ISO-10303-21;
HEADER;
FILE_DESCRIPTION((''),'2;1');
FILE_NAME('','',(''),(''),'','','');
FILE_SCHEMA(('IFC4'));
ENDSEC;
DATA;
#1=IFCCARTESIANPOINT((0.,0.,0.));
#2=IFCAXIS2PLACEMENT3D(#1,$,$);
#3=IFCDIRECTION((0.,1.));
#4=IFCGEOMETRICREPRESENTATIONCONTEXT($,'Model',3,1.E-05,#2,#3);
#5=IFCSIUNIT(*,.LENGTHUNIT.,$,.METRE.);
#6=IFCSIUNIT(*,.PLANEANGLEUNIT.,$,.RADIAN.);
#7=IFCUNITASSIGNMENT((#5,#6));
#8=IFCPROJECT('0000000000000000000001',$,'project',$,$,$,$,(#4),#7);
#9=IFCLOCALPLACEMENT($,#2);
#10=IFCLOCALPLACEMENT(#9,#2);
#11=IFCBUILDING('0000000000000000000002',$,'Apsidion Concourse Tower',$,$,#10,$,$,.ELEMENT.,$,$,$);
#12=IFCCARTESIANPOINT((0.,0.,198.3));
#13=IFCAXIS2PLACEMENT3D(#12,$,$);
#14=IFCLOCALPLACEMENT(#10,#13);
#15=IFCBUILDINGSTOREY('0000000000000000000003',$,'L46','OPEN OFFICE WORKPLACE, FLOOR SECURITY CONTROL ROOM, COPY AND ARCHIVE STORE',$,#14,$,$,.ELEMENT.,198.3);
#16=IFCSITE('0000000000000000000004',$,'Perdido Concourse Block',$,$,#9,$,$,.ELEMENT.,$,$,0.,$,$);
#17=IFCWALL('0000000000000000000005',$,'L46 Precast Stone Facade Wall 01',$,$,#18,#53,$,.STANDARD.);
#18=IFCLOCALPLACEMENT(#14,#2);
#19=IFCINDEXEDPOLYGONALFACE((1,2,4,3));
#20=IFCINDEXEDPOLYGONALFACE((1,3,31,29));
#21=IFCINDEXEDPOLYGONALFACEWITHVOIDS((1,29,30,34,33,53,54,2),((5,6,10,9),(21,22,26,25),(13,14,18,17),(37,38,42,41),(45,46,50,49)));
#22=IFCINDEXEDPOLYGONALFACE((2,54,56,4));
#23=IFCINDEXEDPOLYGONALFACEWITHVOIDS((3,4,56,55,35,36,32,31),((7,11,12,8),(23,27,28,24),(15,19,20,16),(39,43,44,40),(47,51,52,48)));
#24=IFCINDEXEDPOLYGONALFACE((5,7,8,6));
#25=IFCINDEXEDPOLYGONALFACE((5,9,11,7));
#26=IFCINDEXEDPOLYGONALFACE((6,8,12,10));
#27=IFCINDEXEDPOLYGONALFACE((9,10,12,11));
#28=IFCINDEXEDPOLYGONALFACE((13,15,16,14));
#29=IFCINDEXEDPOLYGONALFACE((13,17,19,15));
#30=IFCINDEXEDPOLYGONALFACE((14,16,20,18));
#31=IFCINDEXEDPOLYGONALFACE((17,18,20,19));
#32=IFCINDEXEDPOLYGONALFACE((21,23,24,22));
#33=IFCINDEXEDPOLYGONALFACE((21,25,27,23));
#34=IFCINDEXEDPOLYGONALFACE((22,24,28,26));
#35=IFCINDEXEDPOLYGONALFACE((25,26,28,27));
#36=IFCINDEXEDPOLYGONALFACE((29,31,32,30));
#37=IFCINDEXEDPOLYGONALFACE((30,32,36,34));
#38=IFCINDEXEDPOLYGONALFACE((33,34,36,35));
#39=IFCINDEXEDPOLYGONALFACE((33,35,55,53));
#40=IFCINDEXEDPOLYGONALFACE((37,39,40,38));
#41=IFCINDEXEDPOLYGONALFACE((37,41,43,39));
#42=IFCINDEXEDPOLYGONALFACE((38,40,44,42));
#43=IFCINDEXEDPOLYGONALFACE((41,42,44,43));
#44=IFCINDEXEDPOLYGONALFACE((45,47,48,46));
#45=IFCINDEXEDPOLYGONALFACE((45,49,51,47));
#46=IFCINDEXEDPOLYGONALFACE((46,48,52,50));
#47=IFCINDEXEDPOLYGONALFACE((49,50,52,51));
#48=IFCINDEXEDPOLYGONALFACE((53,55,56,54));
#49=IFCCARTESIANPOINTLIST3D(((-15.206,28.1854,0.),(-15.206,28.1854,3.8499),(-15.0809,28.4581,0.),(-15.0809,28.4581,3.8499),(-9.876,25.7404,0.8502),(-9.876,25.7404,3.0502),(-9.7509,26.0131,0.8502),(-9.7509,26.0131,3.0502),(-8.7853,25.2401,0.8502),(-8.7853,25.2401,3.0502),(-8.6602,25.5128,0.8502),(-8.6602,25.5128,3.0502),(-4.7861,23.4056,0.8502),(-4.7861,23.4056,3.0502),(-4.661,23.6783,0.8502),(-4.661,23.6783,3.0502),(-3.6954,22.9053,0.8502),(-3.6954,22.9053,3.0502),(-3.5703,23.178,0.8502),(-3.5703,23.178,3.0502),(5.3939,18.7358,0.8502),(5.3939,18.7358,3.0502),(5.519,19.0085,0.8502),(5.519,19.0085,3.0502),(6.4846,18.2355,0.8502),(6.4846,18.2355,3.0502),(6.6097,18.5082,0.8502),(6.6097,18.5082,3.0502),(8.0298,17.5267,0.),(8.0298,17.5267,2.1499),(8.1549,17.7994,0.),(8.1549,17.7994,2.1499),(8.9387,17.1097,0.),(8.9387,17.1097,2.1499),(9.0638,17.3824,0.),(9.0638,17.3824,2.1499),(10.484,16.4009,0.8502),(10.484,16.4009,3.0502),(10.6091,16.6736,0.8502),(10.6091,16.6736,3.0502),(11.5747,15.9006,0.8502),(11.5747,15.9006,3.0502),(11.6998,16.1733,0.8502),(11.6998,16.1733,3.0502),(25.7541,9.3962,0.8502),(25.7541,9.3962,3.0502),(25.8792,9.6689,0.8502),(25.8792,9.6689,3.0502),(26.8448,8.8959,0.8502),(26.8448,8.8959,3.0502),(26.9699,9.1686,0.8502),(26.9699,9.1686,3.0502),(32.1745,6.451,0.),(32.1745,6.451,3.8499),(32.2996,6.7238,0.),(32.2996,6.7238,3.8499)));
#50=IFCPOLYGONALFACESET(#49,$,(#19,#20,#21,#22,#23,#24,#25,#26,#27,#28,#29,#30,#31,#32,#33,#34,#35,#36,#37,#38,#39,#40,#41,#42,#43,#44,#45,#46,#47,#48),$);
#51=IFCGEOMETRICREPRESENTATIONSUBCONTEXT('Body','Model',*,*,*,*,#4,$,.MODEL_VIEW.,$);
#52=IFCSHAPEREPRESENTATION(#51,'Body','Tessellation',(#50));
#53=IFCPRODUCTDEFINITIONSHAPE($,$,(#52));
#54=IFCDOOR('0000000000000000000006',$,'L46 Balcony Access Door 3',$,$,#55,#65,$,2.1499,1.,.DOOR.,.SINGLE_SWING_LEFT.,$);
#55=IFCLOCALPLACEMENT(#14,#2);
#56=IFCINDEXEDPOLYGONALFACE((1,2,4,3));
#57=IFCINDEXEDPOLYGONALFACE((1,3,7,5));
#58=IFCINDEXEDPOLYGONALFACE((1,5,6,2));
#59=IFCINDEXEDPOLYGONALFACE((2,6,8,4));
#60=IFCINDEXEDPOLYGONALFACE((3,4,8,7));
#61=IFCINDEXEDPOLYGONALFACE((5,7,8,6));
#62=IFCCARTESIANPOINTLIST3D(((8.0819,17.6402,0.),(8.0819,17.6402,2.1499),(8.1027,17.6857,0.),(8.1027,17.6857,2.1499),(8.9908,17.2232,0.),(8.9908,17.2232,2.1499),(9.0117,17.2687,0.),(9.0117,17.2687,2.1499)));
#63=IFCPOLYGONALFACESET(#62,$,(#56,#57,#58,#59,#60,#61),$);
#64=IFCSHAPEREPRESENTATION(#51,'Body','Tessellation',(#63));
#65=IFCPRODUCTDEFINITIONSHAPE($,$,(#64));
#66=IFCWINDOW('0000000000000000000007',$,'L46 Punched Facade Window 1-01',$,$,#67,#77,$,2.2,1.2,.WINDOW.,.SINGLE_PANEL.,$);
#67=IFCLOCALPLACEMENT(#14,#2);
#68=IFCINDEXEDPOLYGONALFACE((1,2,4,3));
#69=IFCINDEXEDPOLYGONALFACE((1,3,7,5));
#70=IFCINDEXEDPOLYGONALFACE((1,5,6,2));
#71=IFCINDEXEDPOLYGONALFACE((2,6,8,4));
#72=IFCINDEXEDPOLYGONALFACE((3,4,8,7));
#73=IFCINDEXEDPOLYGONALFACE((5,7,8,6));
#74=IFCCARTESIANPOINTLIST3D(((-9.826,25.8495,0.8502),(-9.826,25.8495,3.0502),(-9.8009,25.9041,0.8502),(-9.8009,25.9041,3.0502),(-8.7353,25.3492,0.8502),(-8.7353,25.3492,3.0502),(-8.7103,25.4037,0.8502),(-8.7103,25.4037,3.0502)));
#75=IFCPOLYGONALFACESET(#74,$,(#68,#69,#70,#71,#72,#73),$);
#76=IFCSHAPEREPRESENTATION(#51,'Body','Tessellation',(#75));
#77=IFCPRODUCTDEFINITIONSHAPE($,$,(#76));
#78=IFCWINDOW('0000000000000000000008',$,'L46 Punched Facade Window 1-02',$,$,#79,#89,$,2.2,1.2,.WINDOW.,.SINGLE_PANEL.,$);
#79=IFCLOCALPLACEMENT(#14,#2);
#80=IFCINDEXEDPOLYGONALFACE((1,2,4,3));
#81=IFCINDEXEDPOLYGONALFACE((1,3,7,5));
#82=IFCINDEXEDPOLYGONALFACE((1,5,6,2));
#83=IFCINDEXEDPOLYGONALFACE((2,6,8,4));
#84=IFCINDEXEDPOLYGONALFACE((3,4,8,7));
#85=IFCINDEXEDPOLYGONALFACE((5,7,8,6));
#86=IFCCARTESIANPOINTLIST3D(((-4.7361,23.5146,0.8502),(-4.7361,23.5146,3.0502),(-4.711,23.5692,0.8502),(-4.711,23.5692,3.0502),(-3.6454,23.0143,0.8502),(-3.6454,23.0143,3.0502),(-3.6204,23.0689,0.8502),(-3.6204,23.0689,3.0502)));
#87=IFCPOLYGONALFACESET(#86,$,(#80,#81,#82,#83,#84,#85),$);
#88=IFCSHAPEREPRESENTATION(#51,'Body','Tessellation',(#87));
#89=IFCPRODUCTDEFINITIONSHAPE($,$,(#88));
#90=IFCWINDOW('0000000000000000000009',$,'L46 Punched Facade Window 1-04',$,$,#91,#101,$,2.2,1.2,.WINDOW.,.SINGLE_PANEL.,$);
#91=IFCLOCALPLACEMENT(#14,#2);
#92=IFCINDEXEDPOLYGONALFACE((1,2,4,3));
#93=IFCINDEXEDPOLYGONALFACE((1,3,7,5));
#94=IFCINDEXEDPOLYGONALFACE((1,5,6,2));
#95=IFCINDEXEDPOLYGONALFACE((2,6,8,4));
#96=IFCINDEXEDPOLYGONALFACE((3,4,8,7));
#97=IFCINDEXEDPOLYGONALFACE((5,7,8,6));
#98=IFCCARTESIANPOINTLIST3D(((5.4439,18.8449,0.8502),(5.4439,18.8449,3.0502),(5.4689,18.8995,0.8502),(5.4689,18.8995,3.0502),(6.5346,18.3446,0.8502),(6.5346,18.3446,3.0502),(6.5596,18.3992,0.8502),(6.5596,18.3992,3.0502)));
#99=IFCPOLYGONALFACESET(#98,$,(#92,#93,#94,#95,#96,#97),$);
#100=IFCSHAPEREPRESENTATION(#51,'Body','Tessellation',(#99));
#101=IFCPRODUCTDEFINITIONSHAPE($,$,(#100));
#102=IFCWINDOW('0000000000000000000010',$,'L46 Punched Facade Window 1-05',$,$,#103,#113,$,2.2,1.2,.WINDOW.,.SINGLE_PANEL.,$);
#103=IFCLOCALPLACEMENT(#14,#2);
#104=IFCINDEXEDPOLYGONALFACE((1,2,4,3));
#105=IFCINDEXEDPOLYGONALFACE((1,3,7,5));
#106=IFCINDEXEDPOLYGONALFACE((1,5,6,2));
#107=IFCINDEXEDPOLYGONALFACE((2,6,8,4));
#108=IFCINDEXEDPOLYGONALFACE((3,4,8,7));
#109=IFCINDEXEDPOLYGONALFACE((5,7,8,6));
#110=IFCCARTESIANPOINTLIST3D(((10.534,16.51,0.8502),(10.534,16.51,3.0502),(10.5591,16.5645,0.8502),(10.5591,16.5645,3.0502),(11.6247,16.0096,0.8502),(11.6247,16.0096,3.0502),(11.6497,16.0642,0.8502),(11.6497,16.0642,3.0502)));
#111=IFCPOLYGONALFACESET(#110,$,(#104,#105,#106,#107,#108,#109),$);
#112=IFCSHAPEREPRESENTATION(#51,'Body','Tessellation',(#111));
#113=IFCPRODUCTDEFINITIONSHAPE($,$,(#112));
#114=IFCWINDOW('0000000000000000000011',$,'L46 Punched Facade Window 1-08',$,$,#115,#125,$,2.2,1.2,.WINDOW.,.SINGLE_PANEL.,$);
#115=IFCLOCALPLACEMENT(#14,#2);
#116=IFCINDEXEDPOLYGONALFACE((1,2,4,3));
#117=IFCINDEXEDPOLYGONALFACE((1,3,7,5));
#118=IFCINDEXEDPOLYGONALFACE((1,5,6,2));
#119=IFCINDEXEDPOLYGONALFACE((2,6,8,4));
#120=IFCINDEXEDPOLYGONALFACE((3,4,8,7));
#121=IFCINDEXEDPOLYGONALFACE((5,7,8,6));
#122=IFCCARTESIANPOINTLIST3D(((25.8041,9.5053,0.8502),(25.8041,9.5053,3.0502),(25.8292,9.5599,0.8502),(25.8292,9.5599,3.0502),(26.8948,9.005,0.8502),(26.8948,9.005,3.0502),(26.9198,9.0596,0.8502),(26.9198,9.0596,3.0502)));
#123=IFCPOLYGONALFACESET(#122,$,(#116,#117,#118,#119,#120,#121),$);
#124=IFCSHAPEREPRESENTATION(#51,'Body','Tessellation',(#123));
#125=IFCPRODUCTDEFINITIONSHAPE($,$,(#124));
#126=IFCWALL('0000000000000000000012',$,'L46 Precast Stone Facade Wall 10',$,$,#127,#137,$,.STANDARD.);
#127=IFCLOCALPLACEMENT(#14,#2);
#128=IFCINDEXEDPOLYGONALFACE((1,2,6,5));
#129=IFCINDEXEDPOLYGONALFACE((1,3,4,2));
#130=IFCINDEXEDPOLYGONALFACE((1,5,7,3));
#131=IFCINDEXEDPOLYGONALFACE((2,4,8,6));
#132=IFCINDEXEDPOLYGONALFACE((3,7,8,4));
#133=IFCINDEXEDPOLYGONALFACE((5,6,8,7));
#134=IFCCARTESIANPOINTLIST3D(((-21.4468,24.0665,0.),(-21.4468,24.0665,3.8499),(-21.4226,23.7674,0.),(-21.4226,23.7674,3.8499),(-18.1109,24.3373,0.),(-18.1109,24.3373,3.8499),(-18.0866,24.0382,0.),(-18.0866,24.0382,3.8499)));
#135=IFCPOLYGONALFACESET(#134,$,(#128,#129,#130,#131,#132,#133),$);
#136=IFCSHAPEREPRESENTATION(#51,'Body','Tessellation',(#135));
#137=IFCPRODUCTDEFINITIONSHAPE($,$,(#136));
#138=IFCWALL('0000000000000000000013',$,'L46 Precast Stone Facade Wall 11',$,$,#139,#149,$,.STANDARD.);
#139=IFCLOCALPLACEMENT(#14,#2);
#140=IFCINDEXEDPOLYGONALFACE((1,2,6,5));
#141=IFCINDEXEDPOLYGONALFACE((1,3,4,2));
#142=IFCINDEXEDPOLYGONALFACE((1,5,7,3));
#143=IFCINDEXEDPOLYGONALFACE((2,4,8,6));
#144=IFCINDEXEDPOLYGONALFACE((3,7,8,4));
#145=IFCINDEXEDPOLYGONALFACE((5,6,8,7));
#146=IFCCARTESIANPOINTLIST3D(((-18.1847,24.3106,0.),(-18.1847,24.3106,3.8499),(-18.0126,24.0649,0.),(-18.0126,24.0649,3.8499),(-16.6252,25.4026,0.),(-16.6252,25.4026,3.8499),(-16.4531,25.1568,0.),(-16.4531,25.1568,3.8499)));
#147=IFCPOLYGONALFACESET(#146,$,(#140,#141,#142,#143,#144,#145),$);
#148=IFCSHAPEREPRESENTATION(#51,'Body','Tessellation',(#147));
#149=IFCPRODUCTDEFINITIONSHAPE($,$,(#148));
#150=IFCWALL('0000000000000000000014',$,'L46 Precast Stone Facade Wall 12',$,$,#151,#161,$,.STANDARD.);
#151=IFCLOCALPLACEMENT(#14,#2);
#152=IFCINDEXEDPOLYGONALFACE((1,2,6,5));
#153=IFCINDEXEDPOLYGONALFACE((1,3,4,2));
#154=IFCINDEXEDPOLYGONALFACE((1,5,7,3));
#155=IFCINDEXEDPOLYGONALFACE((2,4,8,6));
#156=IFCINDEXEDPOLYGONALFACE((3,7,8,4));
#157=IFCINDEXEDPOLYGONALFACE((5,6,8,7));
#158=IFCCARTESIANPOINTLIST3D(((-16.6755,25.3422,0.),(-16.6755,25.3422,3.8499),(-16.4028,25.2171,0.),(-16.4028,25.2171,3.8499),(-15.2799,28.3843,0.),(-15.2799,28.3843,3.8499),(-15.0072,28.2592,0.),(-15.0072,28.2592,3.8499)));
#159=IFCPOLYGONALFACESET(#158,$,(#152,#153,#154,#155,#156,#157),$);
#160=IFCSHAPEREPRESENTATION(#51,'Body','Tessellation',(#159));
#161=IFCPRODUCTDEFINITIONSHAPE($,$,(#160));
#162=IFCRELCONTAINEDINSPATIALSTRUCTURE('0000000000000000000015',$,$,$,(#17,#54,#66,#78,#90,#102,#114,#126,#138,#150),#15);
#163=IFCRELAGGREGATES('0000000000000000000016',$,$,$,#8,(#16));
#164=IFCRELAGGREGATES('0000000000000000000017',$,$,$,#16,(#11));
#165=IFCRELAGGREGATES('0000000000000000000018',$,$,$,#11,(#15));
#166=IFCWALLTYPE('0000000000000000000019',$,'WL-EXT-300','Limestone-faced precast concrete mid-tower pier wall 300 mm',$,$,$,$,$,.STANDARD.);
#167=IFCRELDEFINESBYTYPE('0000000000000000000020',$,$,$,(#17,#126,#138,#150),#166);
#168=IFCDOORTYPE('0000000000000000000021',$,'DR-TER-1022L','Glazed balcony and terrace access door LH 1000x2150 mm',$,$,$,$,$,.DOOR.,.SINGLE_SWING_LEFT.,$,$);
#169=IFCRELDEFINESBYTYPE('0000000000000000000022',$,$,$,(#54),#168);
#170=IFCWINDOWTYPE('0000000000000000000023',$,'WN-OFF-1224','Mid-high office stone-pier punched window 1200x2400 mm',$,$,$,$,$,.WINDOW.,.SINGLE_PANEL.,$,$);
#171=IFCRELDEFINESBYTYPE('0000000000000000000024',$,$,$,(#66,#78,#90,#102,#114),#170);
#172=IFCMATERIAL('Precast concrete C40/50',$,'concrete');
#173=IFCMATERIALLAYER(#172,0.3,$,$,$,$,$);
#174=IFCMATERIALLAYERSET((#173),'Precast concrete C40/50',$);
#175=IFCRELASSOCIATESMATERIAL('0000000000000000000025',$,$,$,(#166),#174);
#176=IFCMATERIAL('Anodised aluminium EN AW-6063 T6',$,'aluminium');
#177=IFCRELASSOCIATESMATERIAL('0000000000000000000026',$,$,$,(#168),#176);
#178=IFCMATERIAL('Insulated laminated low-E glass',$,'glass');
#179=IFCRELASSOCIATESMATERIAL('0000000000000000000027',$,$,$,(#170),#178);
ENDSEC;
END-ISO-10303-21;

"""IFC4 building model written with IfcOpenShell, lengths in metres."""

from ifc_helpers import new_model, si_unit, direction, frame, frame_2d, origin, place, context, subcontext, project, spatial, rectangle, extrude, material, layer, layer_set, type_object, element, fill, save


model = new_model("IFC4")

# Units and contexts
model_context = context("Model", 3, precision=1e-05, world=origin(), true_north=direction((0.0, 1.0)))
body_context = subcontext(model_context, "Body", "Model", "MODEL_VIEW")
ifc_project = project(units=[si_unit("LENGTHUNIT", "METRE"), si_unit("PLANEANGLEUNIT", "RADIAN")], contexts=[model_context])

# Site, building, storey
site_placement = place(None, origin())
site = spatial("IfcSite", under=ifc_project, at=site_placement, Name="Perdido Concourse Block", CompositionType="ELEMENT", RefElevation=0.0)
building_placement = place(site_placement, origin())
building = spatial("IfcBuilding", under=site, at=building_placement, Name="Apsidion Concourse Tower", CompositionType="ELEMENT")
storey_placement = place(building_placement, frame((0.0, 0.0, 198.3)))
storey = spatial("IfcBuildingStorey", under=building, at=storey_placement, Name="L46", Description="OPEN OFFICE WORKPLACE, FLOOR SECURITY CONTROL ROOM, COPY AND ARCHIVE STORE", CompositionType="ELEMENT", Elevation=198.3)

# Wall, openings, door, windows
ifc_material_1 = material(Name="Precast concrete C40/50", Category="concrete")
ifc_layer = layer(ifc_material_1, 0.3)
ifc_layer_set = layer_set([ifc_layer], Name="Precast concrete C40/50")
wall_type = type_object("IfcWallType", Name="WL-EXT-300", Description="Limestone-faced precast concrete mid-tower pier wall 300 mm", PredefinedType="STANDARD", material=ifc_layer_set)
wall_1_placement = place(storey_placement, frame((-15.1436, 28.3218, 0.0), z_axis=(0.0, 0.0, 1.0), x_axis=(0.908932, -0.416944, 0.0)))
wall_1 = element("IfcWall", 1, at=wall_1_placement, inside=storey, type_object=wall_type, Name="L46 Precast Stone Facade Wall 01", PredefinedType="STANDARD", context=body_context, shape_type="SweptSolid", body=[
    extrude(rectangle(XDim=52.1277, YDim=0.3, at=frame_2d((26.064, 0.0))), origin(), (0.0, 0.0, 1.0), 3.8499),
])
opening_1_placement = place(wall_1_placement, frame((25.564, 0.0, 0.0)))
opening_1 = element("IfcOpeningElement", 2, at=opening_1_placement, cuts=wall_1, PredefinedType="OPENING", context=body_context, shape_type="SweptSolid", body=[
    extrude(rectangle(XDim=1.0, YDim=2.1499, at=frame_2d((0.5, 1.075))), frame((0.0, 0.1602, 0.0), z_axis=(0.0, -1.0, 0.0), x_axis=(1.0, 0.0, 0.0)), (0.0, 0.0, 1.0), 0.3201),
])
opening_2_placement = place(wall_1_placement, frame((5.864, 0.0, 0.8501)))
opening_2 = element("IfcOpeningElement", 3, at=opening_2_placement, cuts=wall_1, PredefinedType="OPENING", context=body_context, shape_type="SweptSolid", body=[
    extrude(rectangle(XDim=1.2, YDim=2.2, at=frame_2d((0.6001, 1.1001))), frame((0.0, 0.1602, 0.0), z_axis=(0.0, -1.0, 0.0), x_axis=(1.0, 0.0, 0.0)), (0.0, 0.0, 1.0), 0.3201),
])
opening_3_placement = place(wall_1_placement, frame((11.4639, 0.0, 0.8501)))
opening_3 = element("IfcOpeningElement", 4, at=opening_3_placement, cuts=wall_1, PredefinedType="OPENING", context=body_context, shape_type="SweptSolid", body=[
    extrude(rectangle(XDim=1.2, YDim=2.2, at=frame_2d((0.6001, 1.1001))), frame((0.0, 0.1602, 0.0), z_axis=(0.0, -1.0, 0.0), x_axis=(1.0, 0.0, 0.0)), (0.0, 0.0, 1.0), 0.3201),
])
opening_4_placement = place(wall_1_placement, frame((22.6638, 0.0, 0.8501)))
opening_4 = element("IfcOpeningElement", 5, at=opening_4_placement, cuts=wall_1, PredefinedType="OPENING", context=body_context, shape_type="SweptSolid", body=[
    extrude(rectangle(XDim=1.2, YDim=2.2, at=frame_2d((0.6001, 1.1001))), frame((0.0, 0.1602, 0.0), z_axis=(0.0, -1.0, 0.0), x_axis=(1.0, 0.0, 0.0)), (0.0, 0.0, 1.0), 0.3201),
])
opening_5_placement = place(wall_1_placement, frame((28.2639, 0.0, 0.8501)))
opening_5 = element("IfcOpeningElement", 6, at=opening_5_placement, cuts=wall_1, PredefinedType="OPENING", context=body_context, shape_type="SweptSolid", body=[
    extrude(rectangle(XDim=1.2, YDim=2.2, at=frame_2d((0.6001, 1.1001))), frame((0.0, 0.1602, 0.0), z_axis=(0.0, -1.0, 0.0), x_axis=(1.0, 0.0, 0.0)), (0.0, 0.0, 1.0), 0.3201),
])
opening_6_placement = place(wall_1_placement, frame((45.064, 0.0, 0.8501)))
opening_6 = element("IfcOpeningElement", 7, at=opening_6_placement, cuts=wall_1, PredefinedType="OPENING", context=body_context, shape_type="SweptSolid", body=[
    extrude(rectangle(XDim=1.2, YDim=2.2, at=frame_2d((0.6001, 1.1001))), frame((0.0, 0.1602, 0.0), z_axis=(0.0, -1.0, 0.0), x_axis=(1.0, 0.0, 0.0)), (0.0, 0.0, 1.0), 0.3201),
])
ifc_material_2 = material(Name="Anodised aluminium EN AW-6063 T6", Category="aluminium")
door_type = type_object("IfcDoorType", Name="DR-TER-1022L", Description="Glazed balcony and terrace access door LH 1000x2150 mm", OperationType="SINGLE_SWING_LEFT", PredefinedType="DOOR", material=ifc_material_2)
door_placement = place(opening_1_placement, origin())
door = element("IfcDoor", 8, at=door_placement, inside=storey, type_object=door_type, Name="L46 Balcony Access Door 3", OperationType="SINGLE_SWING_LEFT", OverallHeight=2.1499, OverallWidth=1.0, PredefinedType="DOOR", context=body_context, shape_type="SweptSolid", body=[
    extrude(rectangle(XDim=1.0, YDim=2.1499, at=frame_2d((0.5, 1.075))), frame((0.0, 0.0249, 0.0), z_axis=(0.0, -1.0, 0.0), x_axis=(1.0, 0.0, 0.0)), (0.0, 0.0, 1.0), 0.05),
])
fill(opening_1, door)
ifc_material_3 = material(Name="Insulated laminated low-E glass", Category="glass")
window_type = type_object("IfcWindowType", Name="WN-OFF-1224", Description="Mid-high office stone-pier punched window 1200x2400 mm", PartitioningType="SINGLE_PANEL", PredefinedType="WINDOW", material=ifc_material_3)
window_1_placement = place(opening_2_placement, origin())
window_1 = element("IfcWindow", 9, at=window_1_placement, inside=storey, type_object=window_type, Name="L46 Punched Facade Window 1-01", OverallHeight=2.2, OverallWidth=1.2, PartitioningType="SINGLE_PANEL", PredefinedType="WINDOW", context=body_context, shape_type="SweptSolid", body=[
    extrude(rectangle(XDim=1.2, YDim=2.2, at=frame_2d((0.6001, 1.1001))), frame((0.0, 0.03, 0.0), z_axis=(0.0, -1.0, 0.0), x_axis=(1.0, 0.0, 0.0)), (0.0, 0.0, 1.0), 0.0601),
])
fill(opening_2, window_1)
window_2_placement = place(opening_3_placement, origin())
window_2 = element("IfcWindow", 10, at=window_2_placement, inside=storey, type_object=window_type, Name="L46 Punched Facade Window 1-02", OverallHeight=2.2, OverallWidth=1.2, PartitioningType="SINGLE_PANEL", PredefinedType="WINDOW", context=body_context, shape_type="SweptSolid", body=[
    extrude(rectangle(XDim=1.2, YDim=2.2, at=frame_2d((0.6001, 1.1001))), frame((0.0, 0.03, 0.0), z_axis=(0.0, -1.0, 0.0), x_axis=(1.0, 0.0, 0.0)), (0.0, 0.0, 1.0), 0.0601),
])
fill(opening_3, window_2)
window_3_placement = place(opening_4_placement, origin())
window_3 = element("IfcWindow", 11, at=window_3_placement, inside=storey, type_object=window_type, Name="L46 Punched Facade Window 1-04", OverallHeight=2.2, OverallWidth=1.2, PartitioningType="SINGLE_PANEL", PredefinedType="WINDOW", context=body_context, shape_type="SweptSolid", body=[
    extrude(rectangle(XDim=1.2, YDim=2.2, at=frame_2d((0.6001, 1.1001))), frame((0.0, 0.03, 0.0), z_axis=(0.0, -1.0, 0.0), x_axis=(1.0, 0.0, 0.0)), (0.0, 0.0, 1.0), 0.0601),
])
fill(opening_4, window_3)
window_4_placement = place(opening_5_placement, origin())
window_4 = element("IfcWindow", 12, at=window_4_placement, inside=storey, type_object=window_type, Name="L46 Punched Facade Window 1-05", OverallHeight=2.2, OverallWidth=1.2, PartitioningType="SINGLE_PANEL", PredefinedType="WINDOW", context=body_context, shape_type="SweptSolid", body=[
    extrude(rectangle(XDim=1.2, YDim=2.2, at=frame_2d((0.6001, 1.1001))), frame((0.0, 0.03, 0.0), z_axis=(0.0, -1.0, 0.0), x_axis=(1.0, 0.0, 0.0)), (0.0, 0.0, 1.0), 0.0601),
])
fill(opening_5, window_4)
window_5_placement = place(opening_6_placement, origin())
window_5 = element("IfcWindow", 13, at=window_5_placement, inside=storey, type_object=window_type, Name="L46 Punched Facade Window 1-08", OverallHeight=2.2, OverallWidth=1.2, PartitioningType="SINGLE_PANEL", PredefinedType="WINDOW", context=body_context, shape_type="SweptSolid", body=[
    extrude(rectangle(XDim=1.2, YDim=2.2, at=frame_2d((0.6001, 1.1001))), frame((0.0, 0.03, 0.0), z_axis=(0.0, -1.0, 0.0), x_axis=(1.0, 0.0, 0.0)), (0.0, 0.0, 1.0), 0.0601),
])
fill(opening_6, window_5)

# Walls
wall_2_placement = place(storey_placement, frame((-21.4346, 23.917, 0.0), z_axis=(0.0, 0.0, 1.0), x_axis=(0.996723, 0.080896, 0.0)))
element("IfcWall", 14, at=wall_2_placement, inside=storey, type_object=wall_type, Name="L46 Precast Stone Facade Wall 10", PredefinedType="STANDARD", context=body_context, shape_type="SweptSolid", body=[
    extrude(rectangle(XDim=3.3469, YDim=0.3, at=frame_2d((1.6733, 0.0))), origin(), (0.0, 0.0, 1.0), 3.8499),
])
wall_3_placement = place(storey_placement, frame((-18.0986, 24.1877, 0.0), z_axis=(0.0, 0.0, 1.0), x_axis=(0.819148, 0.573583, 0.0)))
element("IfcWall", 15, at=wall_3_placement, inside=storey, type_object=wall_type, Name="L46 Precast Stone Facade Wall 11", PredefinedType="STANDARD", context=body_context, shape_type="SweptSolid", body=[
    extrude(rectangle(XDim=1.9038, YDim=0.3, at=frame_2d((0.9519, 0.0))), origin(), (0.0, 0.0, 1.0), 3.8499),
])
wall_4_placement = place(storey_placement, frame((-16.5391, 25.2798, 0.0), z_axis=(0.0, 0.0, 1.0), x_axis=(0.416966, 0.908922, 0.0)))
element("IfcWall", 16, at=wall_4_placement, inside=storey, type_object=wall_type, Name="L46 Precast Stone Facade Wall 12", PredefinedType="STANDARD", context=body_context, shape_type="SweptSolid", body=[
    extrude(rectangle(XDim=3.3469, YDim=0.3, at=frame_2d((1.6733, 0.0))), origin(), (0.0, 0.0, 1.0), 3.8499),
])

save(model, "model.ifc")
